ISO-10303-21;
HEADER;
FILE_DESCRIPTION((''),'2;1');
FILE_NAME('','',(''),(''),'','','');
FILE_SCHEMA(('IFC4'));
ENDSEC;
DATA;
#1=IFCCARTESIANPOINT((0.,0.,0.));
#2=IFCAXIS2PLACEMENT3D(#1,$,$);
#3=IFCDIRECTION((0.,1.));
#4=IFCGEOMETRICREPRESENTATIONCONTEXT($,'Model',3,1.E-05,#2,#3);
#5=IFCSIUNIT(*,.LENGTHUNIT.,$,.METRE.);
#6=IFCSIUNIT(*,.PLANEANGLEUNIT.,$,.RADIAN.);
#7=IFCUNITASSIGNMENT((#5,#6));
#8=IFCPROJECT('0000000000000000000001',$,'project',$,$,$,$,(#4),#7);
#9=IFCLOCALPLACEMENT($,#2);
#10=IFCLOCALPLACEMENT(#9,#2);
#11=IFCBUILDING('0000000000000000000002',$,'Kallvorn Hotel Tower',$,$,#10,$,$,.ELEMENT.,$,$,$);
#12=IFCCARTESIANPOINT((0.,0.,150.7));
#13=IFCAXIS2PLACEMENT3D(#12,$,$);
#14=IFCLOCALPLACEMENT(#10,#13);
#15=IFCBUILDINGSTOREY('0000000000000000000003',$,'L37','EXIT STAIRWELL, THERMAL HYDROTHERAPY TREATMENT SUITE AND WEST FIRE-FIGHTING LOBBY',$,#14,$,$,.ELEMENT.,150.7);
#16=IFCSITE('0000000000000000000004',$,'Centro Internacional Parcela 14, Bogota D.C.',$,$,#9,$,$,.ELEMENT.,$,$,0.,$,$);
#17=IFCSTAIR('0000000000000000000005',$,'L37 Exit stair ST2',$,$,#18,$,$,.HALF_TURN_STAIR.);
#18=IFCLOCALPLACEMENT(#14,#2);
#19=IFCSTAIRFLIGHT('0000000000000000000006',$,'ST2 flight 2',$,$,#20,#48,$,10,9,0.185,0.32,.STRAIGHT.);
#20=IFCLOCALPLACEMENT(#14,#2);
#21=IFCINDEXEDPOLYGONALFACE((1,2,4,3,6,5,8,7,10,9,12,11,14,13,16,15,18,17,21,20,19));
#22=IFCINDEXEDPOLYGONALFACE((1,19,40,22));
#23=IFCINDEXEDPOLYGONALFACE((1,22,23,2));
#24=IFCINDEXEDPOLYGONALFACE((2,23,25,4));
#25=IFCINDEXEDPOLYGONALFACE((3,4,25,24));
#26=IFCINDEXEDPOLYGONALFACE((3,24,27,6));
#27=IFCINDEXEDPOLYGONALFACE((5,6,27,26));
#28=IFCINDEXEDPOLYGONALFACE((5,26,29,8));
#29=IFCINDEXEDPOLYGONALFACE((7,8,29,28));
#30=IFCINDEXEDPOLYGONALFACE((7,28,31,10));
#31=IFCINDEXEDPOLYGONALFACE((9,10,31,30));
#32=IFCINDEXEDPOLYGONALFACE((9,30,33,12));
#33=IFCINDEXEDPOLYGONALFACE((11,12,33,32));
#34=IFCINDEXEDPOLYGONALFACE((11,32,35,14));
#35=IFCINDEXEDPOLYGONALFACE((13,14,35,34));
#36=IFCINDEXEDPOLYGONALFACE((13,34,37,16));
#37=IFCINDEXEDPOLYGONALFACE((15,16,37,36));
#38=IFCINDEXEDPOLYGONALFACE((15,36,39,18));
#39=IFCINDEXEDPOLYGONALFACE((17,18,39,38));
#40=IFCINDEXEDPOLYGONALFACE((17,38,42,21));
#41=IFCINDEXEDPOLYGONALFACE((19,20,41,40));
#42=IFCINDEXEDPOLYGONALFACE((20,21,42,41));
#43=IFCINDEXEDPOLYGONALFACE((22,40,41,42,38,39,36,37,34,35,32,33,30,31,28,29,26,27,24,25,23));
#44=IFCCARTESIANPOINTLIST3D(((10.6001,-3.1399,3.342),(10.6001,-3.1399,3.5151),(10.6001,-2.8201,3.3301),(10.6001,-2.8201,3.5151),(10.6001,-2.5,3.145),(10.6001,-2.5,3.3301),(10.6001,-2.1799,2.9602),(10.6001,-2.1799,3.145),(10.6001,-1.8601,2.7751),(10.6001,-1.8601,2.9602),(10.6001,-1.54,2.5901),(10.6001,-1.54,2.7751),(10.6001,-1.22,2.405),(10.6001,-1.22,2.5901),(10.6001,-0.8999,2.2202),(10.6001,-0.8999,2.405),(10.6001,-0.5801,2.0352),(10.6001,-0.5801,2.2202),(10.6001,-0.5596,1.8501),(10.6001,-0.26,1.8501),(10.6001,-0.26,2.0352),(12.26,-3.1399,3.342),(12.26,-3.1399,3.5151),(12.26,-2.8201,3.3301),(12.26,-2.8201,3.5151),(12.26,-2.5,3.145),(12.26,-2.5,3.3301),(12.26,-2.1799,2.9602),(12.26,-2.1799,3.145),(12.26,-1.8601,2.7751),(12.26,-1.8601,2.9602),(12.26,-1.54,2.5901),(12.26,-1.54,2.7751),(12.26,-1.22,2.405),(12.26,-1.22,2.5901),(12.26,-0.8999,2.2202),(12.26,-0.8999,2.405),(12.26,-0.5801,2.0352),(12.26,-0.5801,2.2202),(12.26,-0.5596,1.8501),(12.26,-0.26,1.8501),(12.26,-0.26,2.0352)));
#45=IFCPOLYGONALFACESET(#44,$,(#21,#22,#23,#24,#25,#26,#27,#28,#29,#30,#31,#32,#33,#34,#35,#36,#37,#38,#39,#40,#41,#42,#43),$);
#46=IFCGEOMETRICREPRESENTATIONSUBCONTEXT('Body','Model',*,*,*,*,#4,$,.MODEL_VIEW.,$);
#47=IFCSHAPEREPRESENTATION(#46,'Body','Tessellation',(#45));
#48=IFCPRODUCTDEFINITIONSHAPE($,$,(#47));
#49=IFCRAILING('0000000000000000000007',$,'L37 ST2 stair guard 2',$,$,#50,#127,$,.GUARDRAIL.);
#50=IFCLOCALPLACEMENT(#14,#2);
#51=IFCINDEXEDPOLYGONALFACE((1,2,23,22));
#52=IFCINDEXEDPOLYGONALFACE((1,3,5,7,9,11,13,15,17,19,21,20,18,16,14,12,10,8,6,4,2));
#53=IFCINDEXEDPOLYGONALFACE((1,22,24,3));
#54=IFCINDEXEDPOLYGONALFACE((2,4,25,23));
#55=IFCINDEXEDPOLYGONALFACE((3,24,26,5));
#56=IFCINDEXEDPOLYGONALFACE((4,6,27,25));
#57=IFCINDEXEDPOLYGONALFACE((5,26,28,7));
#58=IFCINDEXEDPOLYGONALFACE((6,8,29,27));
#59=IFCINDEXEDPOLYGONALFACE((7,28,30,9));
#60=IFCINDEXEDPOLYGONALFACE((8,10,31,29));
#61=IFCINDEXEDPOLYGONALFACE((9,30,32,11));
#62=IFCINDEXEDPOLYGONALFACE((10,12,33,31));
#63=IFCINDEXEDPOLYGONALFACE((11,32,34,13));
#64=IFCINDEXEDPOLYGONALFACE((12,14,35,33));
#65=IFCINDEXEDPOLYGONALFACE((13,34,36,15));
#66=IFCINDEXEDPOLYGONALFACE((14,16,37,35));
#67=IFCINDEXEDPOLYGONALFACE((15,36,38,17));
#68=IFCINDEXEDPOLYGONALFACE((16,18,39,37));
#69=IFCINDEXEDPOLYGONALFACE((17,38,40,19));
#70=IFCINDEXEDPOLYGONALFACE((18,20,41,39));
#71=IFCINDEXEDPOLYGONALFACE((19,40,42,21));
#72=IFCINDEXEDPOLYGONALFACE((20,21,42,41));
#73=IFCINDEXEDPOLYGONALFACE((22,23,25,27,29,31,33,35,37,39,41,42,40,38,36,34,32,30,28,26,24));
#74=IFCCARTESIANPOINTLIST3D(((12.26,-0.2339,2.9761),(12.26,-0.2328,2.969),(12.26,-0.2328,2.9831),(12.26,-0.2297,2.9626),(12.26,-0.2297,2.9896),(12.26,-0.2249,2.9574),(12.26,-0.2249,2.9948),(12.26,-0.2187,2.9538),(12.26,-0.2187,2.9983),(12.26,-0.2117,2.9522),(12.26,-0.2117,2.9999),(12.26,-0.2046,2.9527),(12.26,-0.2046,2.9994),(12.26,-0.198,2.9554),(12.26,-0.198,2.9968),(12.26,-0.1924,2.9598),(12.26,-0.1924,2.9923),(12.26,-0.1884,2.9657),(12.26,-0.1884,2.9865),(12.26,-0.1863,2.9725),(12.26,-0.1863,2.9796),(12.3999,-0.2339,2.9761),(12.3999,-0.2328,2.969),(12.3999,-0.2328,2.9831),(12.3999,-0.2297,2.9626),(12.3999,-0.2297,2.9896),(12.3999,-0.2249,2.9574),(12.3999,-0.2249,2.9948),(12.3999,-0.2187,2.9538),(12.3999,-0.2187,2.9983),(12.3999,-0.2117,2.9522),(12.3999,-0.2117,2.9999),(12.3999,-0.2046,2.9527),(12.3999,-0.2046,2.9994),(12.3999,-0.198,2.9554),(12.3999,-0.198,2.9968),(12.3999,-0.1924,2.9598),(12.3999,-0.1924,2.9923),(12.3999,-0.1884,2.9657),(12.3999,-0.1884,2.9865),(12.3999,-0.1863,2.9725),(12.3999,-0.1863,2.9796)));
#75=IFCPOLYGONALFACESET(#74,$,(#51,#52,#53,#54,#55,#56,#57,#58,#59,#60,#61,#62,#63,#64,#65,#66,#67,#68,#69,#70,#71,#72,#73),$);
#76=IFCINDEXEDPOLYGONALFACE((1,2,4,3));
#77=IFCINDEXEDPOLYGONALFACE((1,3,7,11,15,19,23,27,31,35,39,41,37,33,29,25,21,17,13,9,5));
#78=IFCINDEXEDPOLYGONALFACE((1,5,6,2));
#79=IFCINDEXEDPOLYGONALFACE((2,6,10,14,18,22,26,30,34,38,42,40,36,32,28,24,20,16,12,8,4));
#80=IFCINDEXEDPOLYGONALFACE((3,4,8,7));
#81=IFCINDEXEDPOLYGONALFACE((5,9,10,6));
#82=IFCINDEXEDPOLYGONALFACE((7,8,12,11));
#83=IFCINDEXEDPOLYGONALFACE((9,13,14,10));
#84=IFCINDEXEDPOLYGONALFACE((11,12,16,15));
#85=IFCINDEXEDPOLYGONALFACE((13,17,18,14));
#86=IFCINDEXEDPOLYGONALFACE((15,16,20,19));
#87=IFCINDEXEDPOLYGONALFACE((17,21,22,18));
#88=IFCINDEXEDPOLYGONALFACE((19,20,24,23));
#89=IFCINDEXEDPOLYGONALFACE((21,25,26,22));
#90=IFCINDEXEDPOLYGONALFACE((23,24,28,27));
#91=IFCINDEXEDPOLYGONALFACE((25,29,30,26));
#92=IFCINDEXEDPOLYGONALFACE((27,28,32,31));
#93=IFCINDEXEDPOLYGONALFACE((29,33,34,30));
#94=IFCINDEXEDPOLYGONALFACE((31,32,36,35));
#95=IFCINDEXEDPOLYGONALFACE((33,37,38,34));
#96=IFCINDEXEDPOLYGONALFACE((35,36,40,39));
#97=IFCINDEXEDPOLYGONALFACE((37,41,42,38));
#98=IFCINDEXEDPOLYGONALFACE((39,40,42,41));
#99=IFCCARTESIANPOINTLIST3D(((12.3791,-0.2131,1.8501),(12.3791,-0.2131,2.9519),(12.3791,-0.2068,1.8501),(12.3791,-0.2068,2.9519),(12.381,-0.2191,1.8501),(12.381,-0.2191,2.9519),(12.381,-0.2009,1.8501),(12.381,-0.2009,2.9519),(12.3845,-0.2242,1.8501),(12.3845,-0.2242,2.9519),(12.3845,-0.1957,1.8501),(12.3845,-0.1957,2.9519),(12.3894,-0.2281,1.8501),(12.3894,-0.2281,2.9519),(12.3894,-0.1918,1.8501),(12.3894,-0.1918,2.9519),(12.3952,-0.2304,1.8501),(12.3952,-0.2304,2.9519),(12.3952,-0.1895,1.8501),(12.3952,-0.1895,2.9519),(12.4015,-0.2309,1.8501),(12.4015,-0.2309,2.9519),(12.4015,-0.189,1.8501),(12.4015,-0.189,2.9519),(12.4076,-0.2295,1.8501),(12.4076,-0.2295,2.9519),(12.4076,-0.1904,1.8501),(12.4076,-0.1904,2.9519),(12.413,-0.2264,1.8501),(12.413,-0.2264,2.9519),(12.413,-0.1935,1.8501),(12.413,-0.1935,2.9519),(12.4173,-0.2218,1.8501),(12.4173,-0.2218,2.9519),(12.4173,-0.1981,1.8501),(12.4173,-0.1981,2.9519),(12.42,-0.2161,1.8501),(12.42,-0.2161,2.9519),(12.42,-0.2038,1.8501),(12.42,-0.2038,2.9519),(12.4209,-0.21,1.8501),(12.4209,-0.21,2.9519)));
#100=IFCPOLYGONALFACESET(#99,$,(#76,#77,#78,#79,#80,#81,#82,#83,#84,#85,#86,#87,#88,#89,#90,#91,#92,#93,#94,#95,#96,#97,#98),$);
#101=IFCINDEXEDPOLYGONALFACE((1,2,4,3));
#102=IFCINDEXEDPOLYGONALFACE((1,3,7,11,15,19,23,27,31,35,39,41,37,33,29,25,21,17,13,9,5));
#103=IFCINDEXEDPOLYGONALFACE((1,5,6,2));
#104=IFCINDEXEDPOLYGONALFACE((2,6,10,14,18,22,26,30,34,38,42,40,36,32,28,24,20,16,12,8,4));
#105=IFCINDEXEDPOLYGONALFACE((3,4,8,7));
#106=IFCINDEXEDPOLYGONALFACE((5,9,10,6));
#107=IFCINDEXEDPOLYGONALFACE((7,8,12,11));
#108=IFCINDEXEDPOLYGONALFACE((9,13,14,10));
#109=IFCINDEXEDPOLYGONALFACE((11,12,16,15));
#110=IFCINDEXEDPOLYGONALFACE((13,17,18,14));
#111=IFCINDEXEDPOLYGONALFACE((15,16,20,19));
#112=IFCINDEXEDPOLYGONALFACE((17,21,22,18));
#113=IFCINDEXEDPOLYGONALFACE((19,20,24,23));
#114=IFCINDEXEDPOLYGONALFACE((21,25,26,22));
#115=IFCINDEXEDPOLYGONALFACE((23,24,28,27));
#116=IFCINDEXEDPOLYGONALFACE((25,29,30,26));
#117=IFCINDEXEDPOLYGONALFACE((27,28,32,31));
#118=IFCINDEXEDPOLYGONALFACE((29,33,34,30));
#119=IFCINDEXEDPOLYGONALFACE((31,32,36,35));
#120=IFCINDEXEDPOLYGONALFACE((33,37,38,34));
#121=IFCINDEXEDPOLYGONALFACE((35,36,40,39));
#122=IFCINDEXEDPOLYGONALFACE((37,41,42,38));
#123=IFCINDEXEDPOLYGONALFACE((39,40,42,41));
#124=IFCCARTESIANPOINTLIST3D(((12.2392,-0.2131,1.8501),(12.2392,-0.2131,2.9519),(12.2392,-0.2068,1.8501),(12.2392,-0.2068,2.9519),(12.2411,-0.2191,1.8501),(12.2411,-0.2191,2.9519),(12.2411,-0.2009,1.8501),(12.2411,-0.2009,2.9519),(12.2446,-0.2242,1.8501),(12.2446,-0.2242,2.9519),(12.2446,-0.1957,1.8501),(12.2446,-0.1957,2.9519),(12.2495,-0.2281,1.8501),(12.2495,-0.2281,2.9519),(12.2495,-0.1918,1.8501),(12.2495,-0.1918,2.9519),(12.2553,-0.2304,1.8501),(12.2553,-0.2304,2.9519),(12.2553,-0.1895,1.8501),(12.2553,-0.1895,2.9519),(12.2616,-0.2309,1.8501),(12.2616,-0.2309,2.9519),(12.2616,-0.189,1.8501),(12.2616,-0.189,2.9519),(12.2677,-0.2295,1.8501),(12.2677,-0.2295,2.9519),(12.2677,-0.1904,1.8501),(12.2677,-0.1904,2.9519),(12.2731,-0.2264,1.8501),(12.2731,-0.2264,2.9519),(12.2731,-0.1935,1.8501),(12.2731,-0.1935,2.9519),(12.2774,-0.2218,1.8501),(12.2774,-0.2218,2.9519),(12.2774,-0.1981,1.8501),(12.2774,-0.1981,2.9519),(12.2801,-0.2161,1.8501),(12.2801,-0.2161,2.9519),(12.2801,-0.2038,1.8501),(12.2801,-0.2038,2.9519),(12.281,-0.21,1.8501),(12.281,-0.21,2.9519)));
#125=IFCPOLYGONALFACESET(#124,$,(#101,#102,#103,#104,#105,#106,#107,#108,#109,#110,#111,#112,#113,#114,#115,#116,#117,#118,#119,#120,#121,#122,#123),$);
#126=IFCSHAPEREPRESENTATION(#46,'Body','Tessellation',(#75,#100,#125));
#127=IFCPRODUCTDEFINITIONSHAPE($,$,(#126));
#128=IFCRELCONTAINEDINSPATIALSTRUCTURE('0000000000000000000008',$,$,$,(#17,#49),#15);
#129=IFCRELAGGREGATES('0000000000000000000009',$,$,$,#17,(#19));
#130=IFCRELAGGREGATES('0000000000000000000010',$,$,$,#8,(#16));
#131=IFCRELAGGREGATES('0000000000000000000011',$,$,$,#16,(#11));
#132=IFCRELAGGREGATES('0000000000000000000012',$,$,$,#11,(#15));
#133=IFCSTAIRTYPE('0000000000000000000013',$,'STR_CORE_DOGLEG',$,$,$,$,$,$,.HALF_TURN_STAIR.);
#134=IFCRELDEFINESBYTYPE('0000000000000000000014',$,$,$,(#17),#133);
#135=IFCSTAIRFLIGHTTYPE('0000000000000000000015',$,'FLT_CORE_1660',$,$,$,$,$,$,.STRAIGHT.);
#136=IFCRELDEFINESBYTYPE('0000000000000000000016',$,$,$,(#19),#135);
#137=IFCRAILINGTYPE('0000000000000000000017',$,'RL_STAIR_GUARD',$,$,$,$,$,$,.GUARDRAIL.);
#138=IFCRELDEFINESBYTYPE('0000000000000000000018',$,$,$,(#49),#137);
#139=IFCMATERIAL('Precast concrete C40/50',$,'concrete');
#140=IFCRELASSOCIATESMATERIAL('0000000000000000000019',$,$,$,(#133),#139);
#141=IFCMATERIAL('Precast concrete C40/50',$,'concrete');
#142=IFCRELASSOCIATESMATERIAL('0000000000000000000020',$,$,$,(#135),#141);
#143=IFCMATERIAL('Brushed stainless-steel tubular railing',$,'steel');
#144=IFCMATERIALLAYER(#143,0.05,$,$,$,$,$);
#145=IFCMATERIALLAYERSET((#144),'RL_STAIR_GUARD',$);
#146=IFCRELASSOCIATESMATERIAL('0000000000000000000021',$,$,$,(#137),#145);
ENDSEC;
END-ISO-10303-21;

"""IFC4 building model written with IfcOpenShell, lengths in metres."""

from ifc_helpers import new_model, si_unit, direction, frame, origin, origin_2d, place, context, subcontext, project, spatial, polyline, circle, outline, extrude, material, layer, layer_set, type_object, element, aggregate, save


model = new_model("IFC4")

# Units and contexts
model_context = context("Model", 3, precision=1e-05, world=origin(), true_north=direction((0.0, 1.0)))
body_context = subcontext(model_context, "Body", "Model", "MODEL_VIEW")
ifc_project = project(units=[si_unit("LENGTHUNIT", "METRE"), si_unit("PLANEANGLEUNIT", "RADIAN")], contexts=[model_context])

# Site, building, storey
site_placement = place(None, origin())
site = spatial("IfcSite", under=ifc_project, at=site_placement, Name="Centro Internacional Parcela 14, Bogota D.C.", CompositionType="ELEMENT", RefElevation=0.0)
building_placement = place(site_placement, origin())
building = spatial("IfcBuilding", under=site, at=building_placement, Name="Kallvorn Hotel Tower", CompositionType="ELEMENT")
storey_placement = place(building_placement, frame((0.0, 0.0, 150.7)))
storey = spatial("IfcBuildingStorey", under=building, at=storey_placement, Name="L37", Description="EXIT STAIRWELL, THERMAL HYDROTHERAPY TREATMENT SUITE AND WEST FIRE-FIGHTING LOBBY", CompositionType="ELEMENT", Elevation=150.7)

# Stair, stair flight
ifc_material_1 = material(Name="Precast concrete C40/50", Category="concrete")
stair_type = type_object("IfcStairType", Name="STR_CORE_DOGLEG", PredefinedType="HALF_TURN_STAIR", material=ifc_material_1)
stair_placement = place(storey_placement, origin())
stair = element("IfcStair", 1, at=stair_placement, inside=storey, type_object=stair_type, Name="L37 Exit stair ST2", PredefinedType="HALF_TURN_STAIR")
ifc_material_2 = material(Name="Precast concrete C40/50", Category="concrete")
stair_flight_type = type_object("IfcStairFlightType", Name="FLT_CORE_1660", PredefinedType="STRAIGHT", material=ifc_material_2)
stair_flight_placement = place(storey_placement, frame((11.4299, -0.26, 1.8501), z_axis=(0.0, 0.0, 1.0), x_axis=(0.0, -1.0, 0.0)))
stair_flight = element("IfcStairFlight", 2, at=stair_flight_placement, type_object=stair_flight_type, Name="ST2 flight 2", NumberOfRisers=10, NumberOfTreads=9, PredefinedType="STRAIGHT", RiserHeight=0.185, TreadLength=0.32, context=body_context, shape_type="SweptSolid", body=[
    extrude(outline(polyline([(0.0, 0.0), (0.0, 0.1851), (0.3201, 0.1851), (0.3201, 0.3701), (0.6399, 0.3701), (0.6399, 0.5549), (0.96, 0.5549), (0.96, 0.74), (1.28, 0.74), (1.28, 0.925), (1.6001, 0.925), (1.6001, 1.1101), (1.9199, 1.1101), (1.9199, 1.2949), (2.24, 1.2949), (2.24, 1.48), (2.5601, 1.48), (2.5601, 1.665), (2.8799, 1.665), (2.8799, 1.8501), (2.8799, 1.4919), (0.2996, 0.0), (0.0, 0.0)])), frame((0.0, 0.8301, 0.0), z_axis=(0.0, -1.0, 0.0), x_axis=(1.0, 0.0, 0.0)), (0.0, 0.0, 1.0), 1.6599),
])
aggregate(stair, [stair_flight])

# Railing
ifc_material_3 = material(Name="Brushed stainless-steel tubular railing", Category="steel")
ifc_layer_1 = layer(ifc_material_3, 0.05)
ifc_layer_set_1 = layer_set([ifc_layer_1], Name="RL_STAIR_GUARD")
railing_type_1 = type_object("IfcRailingType", Name="RL_STAIR_GUARD", PredefinedType="GUARDRAIL", material=ifc_layer_set_1)
railing_1_placement = place(storey_placement, frame((12.3999, -0.21, 1.8501)))
element("IfcRailing", 3, at=railing_1_placement, inside=storey, type_object=railing_type_1, Name="L37 ST2 stair guard 2", PredefinedType="GUARDRAIL", context=body_context, shape_type="SweptSolid", body=[
    extrude(circle(Radius=0.0239, at=origin_2d()), frame((0.0, 0.0, 1.126), z_axis=(-1.0, 0.0, 0.0), x_axis=(0.0, -1.0, 0.0)), (0.0, 0.0, 1.0), 0.1399),
    extrude(circle(Radius=0.021, at=origin_2d()), origin(), (0.0, 0.0, 1.0), 1.1018),
    extrude(circle(Radius=0.021, at=origin_2d()), frame((-0.1399, 0.0, 0.0)), (0.0, 0.0, 1.0), 1.1018),
])

save(model, "model.ifc")
